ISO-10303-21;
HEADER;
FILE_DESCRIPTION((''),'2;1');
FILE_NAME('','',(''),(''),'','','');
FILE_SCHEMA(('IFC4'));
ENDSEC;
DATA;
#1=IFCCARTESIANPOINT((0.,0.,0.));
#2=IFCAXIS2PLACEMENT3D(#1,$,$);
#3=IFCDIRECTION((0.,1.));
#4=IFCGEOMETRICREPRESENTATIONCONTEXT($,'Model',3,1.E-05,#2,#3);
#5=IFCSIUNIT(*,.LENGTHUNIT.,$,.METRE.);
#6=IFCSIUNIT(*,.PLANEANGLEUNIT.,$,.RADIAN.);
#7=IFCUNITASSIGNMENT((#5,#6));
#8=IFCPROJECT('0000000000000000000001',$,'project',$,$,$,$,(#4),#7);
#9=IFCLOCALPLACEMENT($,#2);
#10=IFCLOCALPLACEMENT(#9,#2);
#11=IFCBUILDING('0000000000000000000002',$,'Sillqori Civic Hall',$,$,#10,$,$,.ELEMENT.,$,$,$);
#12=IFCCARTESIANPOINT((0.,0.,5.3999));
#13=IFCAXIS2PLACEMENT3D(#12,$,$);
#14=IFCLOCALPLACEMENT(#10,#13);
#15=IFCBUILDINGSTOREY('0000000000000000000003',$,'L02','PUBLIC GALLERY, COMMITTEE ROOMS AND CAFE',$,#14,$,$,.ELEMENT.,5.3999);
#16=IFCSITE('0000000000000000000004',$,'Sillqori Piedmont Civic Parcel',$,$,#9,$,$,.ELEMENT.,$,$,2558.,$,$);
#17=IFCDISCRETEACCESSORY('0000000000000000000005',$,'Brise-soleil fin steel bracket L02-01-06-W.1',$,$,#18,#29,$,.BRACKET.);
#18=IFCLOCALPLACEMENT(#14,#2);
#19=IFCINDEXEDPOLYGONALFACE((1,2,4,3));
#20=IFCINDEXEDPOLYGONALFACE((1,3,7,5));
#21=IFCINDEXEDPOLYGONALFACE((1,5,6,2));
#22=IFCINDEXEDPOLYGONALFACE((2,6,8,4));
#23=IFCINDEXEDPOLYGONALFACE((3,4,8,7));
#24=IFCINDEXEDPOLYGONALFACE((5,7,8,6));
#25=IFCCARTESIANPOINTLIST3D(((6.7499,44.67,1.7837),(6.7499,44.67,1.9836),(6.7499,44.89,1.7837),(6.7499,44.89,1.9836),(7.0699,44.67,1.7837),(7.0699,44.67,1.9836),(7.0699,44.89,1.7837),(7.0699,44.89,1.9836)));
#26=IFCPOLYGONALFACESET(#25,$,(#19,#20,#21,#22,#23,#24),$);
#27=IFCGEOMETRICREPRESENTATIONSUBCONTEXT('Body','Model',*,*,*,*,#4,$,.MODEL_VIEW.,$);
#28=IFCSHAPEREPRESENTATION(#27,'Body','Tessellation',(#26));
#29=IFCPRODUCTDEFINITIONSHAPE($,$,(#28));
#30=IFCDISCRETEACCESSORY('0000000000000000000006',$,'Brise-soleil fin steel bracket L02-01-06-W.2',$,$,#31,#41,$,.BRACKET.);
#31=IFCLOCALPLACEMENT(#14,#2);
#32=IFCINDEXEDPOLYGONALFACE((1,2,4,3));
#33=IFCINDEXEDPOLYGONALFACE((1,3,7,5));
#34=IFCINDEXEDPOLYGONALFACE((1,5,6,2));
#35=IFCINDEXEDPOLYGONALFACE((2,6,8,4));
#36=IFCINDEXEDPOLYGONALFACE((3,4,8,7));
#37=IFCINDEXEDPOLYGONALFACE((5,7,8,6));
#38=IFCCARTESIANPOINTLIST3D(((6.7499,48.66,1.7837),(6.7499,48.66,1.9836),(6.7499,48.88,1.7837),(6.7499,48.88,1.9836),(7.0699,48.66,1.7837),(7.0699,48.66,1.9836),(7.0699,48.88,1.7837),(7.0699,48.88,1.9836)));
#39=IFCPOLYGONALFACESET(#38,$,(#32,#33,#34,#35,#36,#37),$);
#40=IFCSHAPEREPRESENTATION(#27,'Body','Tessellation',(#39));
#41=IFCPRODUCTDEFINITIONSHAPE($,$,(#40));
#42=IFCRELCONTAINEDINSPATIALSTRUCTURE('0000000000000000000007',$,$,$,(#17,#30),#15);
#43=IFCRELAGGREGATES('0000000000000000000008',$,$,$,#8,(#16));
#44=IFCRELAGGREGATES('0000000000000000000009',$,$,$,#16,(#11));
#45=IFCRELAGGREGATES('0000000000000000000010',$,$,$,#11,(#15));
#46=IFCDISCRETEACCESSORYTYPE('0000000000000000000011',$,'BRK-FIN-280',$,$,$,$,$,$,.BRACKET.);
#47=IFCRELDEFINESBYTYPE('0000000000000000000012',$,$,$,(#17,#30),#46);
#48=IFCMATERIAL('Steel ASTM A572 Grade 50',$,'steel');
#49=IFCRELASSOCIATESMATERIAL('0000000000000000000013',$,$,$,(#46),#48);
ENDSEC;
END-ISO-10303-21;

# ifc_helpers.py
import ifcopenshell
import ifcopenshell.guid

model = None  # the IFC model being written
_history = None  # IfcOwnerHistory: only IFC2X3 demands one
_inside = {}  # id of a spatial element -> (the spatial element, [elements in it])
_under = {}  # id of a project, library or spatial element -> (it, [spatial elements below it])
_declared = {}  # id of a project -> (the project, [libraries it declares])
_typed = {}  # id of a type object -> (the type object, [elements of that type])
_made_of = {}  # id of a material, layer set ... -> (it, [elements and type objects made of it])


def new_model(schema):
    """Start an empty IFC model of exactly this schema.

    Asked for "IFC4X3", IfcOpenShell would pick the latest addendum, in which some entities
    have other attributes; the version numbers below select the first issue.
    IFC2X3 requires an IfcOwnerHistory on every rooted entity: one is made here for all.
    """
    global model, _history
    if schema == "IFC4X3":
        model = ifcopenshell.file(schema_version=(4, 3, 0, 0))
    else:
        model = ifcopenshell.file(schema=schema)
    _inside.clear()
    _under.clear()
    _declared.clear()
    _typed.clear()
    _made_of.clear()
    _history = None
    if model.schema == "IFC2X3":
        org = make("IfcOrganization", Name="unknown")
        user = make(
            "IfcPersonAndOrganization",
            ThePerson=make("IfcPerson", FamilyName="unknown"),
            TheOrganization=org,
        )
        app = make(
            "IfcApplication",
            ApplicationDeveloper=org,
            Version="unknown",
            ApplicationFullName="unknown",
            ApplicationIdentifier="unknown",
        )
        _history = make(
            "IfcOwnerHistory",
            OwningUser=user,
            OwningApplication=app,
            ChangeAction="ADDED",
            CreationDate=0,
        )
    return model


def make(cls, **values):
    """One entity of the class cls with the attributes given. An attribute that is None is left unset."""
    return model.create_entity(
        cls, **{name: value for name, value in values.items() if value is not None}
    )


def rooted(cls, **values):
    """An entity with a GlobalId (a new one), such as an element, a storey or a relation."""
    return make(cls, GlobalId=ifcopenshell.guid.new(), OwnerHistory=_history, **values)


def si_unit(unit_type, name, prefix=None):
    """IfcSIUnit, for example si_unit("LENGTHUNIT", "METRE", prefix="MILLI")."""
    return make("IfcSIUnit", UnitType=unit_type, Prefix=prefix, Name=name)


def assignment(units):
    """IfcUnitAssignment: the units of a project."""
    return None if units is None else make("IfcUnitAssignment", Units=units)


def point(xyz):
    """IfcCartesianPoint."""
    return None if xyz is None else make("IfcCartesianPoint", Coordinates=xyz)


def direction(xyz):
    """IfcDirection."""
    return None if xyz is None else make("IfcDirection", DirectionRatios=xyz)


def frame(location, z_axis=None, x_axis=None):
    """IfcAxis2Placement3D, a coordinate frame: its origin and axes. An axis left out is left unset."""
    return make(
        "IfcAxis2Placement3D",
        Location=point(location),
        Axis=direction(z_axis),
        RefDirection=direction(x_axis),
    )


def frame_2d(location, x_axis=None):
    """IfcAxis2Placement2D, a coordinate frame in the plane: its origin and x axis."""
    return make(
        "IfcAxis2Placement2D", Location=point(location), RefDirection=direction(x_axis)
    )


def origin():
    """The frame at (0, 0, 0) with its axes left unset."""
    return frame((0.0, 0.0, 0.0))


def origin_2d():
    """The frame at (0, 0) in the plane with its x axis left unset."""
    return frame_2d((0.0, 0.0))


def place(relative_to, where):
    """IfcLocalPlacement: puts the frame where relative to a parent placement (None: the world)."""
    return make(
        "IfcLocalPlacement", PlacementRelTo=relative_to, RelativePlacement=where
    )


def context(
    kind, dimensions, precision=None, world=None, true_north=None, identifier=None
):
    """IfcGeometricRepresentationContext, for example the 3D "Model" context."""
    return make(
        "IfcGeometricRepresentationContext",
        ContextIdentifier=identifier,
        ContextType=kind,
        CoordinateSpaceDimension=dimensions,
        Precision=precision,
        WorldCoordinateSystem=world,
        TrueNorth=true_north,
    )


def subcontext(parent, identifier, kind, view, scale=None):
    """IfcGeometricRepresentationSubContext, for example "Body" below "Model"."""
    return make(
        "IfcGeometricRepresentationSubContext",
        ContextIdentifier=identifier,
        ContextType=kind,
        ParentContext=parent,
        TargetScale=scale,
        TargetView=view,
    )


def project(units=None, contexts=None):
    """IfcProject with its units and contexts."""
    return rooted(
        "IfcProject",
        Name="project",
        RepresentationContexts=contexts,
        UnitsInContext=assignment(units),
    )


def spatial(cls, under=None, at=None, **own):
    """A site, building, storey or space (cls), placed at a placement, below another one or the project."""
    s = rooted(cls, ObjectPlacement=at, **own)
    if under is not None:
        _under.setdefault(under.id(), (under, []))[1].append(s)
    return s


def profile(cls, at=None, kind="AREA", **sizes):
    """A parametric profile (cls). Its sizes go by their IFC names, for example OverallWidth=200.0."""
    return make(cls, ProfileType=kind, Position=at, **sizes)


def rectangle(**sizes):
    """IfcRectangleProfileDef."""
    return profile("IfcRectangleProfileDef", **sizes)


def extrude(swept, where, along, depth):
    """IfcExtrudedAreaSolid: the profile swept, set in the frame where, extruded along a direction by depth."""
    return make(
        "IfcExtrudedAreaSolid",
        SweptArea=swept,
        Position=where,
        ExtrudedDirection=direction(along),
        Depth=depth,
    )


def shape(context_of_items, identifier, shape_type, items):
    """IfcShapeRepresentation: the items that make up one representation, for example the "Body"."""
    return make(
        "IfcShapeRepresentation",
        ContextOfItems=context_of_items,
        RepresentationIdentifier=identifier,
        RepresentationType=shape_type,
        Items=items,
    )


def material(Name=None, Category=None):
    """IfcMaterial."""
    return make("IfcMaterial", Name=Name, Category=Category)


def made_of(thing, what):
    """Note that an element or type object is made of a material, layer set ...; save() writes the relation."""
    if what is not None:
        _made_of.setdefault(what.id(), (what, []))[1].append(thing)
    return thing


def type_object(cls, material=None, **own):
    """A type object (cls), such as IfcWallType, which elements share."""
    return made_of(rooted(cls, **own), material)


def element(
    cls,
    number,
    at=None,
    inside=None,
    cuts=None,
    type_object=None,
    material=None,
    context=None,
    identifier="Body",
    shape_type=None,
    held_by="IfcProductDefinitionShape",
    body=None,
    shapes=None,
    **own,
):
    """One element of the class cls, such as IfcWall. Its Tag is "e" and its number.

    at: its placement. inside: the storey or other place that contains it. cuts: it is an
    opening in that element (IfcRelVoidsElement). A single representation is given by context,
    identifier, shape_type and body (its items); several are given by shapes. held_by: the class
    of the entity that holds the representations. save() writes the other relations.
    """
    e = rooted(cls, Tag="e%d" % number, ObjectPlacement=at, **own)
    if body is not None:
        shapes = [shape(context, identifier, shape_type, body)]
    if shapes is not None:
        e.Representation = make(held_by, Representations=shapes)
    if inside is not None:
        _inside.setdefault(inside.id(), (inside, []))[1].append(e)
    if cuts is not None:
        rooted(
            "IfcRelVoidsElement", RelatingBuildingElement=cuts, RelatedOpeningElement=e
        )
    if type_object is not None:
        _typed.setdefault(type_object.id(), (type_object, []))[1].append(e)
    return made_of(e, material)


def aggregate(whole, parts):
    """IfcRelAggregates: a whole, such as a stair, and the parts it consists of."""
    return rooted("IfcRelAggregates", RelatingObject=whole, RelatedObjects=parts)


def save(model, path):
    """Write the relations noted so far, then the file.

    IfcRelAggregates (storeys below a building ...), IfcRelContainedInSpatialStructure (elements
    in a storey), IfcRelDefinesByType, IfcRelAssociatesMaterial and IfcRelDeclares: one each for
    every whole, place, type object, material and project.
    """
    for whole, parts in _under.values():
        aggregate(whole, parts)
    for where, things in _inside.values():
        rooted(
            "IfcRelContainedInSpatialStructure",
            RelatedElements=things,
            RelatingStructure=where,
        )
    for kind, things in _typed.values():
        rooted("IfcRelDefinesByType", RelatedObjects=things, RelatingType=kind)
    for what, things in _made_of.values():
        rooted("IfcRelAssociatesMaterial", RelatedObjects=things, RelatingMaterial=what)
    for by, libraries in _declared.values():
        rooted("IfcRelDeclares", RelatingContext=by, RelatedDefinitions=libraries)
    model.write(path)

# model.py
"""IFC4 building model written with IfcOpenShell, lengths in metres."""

from ifc_helpers import new_model, si_unit, direction, frame, origin, origin_2d, place, context, subcontext, project, spatial, rectangle, extrude, material, type_object, element, save


model = new_model("IFC4")

# Units and contexts
model_context = context("Model", 3, precision=1e-05, world=origin(), true_north=direction((0.0, 1.0)))
body_context = subcontext(model_context, "Body", "Model", "MODEL_VIEW")
ifc_project = project(units=[si_unit("LENGTHUNIT", "METRE"), si_unit("PLANEANGLEUNIT", "RADIAN")], contexts=[model_context])

# Site, building, storey
site_placement = place(None, origin())
site = spatial("IfcSite", under=ifc_project, at=site_placement, Name="Sillqori Piedmont Civic Parcel", CompositionType="ELEMENT", RefElevation=2558.0)
building_placement = place(site_placement, origin())
building = spatial("IfcBuilding", under=site, at=building_placement, Name="Sillqori Civic Hall", CompositionType="ELEMENT")
storey_placement = place(building_placement, frame((0.0, 0.0, 5.3999)))
storey = spatial("IfcBuildingStorey", under=building, at=storey_placement, Name="L02", Description="PUBLIC GALLERY, COMMITTEE ROOMS AND CAFE", CompositionType="ELEMENT", Elevation=5.3999)

# Discrete accessories
ifc_material_1 = material(Name="Steel ASTM A572 Grade 50", Category="steel")
discrete_accessory_type = type_object("IfcDiscreteAccessoryType", Name="BRK-FIN-280", PredefinedType="BRACKET", material=ifc_material_1)
for number, where, z_axis, x_axis, name in (
    (1, (6.9099, 44.78, 1.7837), (0.0, 0.0, 1.0), (0.0, 1.0, 0.0), "Brise-soleil fin steel bracket L02-01-06-W.1"),
    (2, (6.9099, 48.77, 1.7837), (0.0, 0.0, 1.0), (0.0, 1.0, 0.0), "Brise-soleil fin steel bracket L02-01-06-W.2"),
):
    element("IfcDiscreteAccessory", number, at=place(storey_placement, frame(where, z_axis=z_axis, x_axis=x_axis)), inside=storey, type_object=discrete_accessory_type, Name=name, PredefinedType="BRACKET", context=body_context, shape_type="SweptSolid", body=[
        extrude(rectangle(XDim=0.22, YDim=0.3201, at=origin_2d()), origin(), (0.0, 0.0, 1.0), 0.2),
    ])

save(model, "model.ifc")
